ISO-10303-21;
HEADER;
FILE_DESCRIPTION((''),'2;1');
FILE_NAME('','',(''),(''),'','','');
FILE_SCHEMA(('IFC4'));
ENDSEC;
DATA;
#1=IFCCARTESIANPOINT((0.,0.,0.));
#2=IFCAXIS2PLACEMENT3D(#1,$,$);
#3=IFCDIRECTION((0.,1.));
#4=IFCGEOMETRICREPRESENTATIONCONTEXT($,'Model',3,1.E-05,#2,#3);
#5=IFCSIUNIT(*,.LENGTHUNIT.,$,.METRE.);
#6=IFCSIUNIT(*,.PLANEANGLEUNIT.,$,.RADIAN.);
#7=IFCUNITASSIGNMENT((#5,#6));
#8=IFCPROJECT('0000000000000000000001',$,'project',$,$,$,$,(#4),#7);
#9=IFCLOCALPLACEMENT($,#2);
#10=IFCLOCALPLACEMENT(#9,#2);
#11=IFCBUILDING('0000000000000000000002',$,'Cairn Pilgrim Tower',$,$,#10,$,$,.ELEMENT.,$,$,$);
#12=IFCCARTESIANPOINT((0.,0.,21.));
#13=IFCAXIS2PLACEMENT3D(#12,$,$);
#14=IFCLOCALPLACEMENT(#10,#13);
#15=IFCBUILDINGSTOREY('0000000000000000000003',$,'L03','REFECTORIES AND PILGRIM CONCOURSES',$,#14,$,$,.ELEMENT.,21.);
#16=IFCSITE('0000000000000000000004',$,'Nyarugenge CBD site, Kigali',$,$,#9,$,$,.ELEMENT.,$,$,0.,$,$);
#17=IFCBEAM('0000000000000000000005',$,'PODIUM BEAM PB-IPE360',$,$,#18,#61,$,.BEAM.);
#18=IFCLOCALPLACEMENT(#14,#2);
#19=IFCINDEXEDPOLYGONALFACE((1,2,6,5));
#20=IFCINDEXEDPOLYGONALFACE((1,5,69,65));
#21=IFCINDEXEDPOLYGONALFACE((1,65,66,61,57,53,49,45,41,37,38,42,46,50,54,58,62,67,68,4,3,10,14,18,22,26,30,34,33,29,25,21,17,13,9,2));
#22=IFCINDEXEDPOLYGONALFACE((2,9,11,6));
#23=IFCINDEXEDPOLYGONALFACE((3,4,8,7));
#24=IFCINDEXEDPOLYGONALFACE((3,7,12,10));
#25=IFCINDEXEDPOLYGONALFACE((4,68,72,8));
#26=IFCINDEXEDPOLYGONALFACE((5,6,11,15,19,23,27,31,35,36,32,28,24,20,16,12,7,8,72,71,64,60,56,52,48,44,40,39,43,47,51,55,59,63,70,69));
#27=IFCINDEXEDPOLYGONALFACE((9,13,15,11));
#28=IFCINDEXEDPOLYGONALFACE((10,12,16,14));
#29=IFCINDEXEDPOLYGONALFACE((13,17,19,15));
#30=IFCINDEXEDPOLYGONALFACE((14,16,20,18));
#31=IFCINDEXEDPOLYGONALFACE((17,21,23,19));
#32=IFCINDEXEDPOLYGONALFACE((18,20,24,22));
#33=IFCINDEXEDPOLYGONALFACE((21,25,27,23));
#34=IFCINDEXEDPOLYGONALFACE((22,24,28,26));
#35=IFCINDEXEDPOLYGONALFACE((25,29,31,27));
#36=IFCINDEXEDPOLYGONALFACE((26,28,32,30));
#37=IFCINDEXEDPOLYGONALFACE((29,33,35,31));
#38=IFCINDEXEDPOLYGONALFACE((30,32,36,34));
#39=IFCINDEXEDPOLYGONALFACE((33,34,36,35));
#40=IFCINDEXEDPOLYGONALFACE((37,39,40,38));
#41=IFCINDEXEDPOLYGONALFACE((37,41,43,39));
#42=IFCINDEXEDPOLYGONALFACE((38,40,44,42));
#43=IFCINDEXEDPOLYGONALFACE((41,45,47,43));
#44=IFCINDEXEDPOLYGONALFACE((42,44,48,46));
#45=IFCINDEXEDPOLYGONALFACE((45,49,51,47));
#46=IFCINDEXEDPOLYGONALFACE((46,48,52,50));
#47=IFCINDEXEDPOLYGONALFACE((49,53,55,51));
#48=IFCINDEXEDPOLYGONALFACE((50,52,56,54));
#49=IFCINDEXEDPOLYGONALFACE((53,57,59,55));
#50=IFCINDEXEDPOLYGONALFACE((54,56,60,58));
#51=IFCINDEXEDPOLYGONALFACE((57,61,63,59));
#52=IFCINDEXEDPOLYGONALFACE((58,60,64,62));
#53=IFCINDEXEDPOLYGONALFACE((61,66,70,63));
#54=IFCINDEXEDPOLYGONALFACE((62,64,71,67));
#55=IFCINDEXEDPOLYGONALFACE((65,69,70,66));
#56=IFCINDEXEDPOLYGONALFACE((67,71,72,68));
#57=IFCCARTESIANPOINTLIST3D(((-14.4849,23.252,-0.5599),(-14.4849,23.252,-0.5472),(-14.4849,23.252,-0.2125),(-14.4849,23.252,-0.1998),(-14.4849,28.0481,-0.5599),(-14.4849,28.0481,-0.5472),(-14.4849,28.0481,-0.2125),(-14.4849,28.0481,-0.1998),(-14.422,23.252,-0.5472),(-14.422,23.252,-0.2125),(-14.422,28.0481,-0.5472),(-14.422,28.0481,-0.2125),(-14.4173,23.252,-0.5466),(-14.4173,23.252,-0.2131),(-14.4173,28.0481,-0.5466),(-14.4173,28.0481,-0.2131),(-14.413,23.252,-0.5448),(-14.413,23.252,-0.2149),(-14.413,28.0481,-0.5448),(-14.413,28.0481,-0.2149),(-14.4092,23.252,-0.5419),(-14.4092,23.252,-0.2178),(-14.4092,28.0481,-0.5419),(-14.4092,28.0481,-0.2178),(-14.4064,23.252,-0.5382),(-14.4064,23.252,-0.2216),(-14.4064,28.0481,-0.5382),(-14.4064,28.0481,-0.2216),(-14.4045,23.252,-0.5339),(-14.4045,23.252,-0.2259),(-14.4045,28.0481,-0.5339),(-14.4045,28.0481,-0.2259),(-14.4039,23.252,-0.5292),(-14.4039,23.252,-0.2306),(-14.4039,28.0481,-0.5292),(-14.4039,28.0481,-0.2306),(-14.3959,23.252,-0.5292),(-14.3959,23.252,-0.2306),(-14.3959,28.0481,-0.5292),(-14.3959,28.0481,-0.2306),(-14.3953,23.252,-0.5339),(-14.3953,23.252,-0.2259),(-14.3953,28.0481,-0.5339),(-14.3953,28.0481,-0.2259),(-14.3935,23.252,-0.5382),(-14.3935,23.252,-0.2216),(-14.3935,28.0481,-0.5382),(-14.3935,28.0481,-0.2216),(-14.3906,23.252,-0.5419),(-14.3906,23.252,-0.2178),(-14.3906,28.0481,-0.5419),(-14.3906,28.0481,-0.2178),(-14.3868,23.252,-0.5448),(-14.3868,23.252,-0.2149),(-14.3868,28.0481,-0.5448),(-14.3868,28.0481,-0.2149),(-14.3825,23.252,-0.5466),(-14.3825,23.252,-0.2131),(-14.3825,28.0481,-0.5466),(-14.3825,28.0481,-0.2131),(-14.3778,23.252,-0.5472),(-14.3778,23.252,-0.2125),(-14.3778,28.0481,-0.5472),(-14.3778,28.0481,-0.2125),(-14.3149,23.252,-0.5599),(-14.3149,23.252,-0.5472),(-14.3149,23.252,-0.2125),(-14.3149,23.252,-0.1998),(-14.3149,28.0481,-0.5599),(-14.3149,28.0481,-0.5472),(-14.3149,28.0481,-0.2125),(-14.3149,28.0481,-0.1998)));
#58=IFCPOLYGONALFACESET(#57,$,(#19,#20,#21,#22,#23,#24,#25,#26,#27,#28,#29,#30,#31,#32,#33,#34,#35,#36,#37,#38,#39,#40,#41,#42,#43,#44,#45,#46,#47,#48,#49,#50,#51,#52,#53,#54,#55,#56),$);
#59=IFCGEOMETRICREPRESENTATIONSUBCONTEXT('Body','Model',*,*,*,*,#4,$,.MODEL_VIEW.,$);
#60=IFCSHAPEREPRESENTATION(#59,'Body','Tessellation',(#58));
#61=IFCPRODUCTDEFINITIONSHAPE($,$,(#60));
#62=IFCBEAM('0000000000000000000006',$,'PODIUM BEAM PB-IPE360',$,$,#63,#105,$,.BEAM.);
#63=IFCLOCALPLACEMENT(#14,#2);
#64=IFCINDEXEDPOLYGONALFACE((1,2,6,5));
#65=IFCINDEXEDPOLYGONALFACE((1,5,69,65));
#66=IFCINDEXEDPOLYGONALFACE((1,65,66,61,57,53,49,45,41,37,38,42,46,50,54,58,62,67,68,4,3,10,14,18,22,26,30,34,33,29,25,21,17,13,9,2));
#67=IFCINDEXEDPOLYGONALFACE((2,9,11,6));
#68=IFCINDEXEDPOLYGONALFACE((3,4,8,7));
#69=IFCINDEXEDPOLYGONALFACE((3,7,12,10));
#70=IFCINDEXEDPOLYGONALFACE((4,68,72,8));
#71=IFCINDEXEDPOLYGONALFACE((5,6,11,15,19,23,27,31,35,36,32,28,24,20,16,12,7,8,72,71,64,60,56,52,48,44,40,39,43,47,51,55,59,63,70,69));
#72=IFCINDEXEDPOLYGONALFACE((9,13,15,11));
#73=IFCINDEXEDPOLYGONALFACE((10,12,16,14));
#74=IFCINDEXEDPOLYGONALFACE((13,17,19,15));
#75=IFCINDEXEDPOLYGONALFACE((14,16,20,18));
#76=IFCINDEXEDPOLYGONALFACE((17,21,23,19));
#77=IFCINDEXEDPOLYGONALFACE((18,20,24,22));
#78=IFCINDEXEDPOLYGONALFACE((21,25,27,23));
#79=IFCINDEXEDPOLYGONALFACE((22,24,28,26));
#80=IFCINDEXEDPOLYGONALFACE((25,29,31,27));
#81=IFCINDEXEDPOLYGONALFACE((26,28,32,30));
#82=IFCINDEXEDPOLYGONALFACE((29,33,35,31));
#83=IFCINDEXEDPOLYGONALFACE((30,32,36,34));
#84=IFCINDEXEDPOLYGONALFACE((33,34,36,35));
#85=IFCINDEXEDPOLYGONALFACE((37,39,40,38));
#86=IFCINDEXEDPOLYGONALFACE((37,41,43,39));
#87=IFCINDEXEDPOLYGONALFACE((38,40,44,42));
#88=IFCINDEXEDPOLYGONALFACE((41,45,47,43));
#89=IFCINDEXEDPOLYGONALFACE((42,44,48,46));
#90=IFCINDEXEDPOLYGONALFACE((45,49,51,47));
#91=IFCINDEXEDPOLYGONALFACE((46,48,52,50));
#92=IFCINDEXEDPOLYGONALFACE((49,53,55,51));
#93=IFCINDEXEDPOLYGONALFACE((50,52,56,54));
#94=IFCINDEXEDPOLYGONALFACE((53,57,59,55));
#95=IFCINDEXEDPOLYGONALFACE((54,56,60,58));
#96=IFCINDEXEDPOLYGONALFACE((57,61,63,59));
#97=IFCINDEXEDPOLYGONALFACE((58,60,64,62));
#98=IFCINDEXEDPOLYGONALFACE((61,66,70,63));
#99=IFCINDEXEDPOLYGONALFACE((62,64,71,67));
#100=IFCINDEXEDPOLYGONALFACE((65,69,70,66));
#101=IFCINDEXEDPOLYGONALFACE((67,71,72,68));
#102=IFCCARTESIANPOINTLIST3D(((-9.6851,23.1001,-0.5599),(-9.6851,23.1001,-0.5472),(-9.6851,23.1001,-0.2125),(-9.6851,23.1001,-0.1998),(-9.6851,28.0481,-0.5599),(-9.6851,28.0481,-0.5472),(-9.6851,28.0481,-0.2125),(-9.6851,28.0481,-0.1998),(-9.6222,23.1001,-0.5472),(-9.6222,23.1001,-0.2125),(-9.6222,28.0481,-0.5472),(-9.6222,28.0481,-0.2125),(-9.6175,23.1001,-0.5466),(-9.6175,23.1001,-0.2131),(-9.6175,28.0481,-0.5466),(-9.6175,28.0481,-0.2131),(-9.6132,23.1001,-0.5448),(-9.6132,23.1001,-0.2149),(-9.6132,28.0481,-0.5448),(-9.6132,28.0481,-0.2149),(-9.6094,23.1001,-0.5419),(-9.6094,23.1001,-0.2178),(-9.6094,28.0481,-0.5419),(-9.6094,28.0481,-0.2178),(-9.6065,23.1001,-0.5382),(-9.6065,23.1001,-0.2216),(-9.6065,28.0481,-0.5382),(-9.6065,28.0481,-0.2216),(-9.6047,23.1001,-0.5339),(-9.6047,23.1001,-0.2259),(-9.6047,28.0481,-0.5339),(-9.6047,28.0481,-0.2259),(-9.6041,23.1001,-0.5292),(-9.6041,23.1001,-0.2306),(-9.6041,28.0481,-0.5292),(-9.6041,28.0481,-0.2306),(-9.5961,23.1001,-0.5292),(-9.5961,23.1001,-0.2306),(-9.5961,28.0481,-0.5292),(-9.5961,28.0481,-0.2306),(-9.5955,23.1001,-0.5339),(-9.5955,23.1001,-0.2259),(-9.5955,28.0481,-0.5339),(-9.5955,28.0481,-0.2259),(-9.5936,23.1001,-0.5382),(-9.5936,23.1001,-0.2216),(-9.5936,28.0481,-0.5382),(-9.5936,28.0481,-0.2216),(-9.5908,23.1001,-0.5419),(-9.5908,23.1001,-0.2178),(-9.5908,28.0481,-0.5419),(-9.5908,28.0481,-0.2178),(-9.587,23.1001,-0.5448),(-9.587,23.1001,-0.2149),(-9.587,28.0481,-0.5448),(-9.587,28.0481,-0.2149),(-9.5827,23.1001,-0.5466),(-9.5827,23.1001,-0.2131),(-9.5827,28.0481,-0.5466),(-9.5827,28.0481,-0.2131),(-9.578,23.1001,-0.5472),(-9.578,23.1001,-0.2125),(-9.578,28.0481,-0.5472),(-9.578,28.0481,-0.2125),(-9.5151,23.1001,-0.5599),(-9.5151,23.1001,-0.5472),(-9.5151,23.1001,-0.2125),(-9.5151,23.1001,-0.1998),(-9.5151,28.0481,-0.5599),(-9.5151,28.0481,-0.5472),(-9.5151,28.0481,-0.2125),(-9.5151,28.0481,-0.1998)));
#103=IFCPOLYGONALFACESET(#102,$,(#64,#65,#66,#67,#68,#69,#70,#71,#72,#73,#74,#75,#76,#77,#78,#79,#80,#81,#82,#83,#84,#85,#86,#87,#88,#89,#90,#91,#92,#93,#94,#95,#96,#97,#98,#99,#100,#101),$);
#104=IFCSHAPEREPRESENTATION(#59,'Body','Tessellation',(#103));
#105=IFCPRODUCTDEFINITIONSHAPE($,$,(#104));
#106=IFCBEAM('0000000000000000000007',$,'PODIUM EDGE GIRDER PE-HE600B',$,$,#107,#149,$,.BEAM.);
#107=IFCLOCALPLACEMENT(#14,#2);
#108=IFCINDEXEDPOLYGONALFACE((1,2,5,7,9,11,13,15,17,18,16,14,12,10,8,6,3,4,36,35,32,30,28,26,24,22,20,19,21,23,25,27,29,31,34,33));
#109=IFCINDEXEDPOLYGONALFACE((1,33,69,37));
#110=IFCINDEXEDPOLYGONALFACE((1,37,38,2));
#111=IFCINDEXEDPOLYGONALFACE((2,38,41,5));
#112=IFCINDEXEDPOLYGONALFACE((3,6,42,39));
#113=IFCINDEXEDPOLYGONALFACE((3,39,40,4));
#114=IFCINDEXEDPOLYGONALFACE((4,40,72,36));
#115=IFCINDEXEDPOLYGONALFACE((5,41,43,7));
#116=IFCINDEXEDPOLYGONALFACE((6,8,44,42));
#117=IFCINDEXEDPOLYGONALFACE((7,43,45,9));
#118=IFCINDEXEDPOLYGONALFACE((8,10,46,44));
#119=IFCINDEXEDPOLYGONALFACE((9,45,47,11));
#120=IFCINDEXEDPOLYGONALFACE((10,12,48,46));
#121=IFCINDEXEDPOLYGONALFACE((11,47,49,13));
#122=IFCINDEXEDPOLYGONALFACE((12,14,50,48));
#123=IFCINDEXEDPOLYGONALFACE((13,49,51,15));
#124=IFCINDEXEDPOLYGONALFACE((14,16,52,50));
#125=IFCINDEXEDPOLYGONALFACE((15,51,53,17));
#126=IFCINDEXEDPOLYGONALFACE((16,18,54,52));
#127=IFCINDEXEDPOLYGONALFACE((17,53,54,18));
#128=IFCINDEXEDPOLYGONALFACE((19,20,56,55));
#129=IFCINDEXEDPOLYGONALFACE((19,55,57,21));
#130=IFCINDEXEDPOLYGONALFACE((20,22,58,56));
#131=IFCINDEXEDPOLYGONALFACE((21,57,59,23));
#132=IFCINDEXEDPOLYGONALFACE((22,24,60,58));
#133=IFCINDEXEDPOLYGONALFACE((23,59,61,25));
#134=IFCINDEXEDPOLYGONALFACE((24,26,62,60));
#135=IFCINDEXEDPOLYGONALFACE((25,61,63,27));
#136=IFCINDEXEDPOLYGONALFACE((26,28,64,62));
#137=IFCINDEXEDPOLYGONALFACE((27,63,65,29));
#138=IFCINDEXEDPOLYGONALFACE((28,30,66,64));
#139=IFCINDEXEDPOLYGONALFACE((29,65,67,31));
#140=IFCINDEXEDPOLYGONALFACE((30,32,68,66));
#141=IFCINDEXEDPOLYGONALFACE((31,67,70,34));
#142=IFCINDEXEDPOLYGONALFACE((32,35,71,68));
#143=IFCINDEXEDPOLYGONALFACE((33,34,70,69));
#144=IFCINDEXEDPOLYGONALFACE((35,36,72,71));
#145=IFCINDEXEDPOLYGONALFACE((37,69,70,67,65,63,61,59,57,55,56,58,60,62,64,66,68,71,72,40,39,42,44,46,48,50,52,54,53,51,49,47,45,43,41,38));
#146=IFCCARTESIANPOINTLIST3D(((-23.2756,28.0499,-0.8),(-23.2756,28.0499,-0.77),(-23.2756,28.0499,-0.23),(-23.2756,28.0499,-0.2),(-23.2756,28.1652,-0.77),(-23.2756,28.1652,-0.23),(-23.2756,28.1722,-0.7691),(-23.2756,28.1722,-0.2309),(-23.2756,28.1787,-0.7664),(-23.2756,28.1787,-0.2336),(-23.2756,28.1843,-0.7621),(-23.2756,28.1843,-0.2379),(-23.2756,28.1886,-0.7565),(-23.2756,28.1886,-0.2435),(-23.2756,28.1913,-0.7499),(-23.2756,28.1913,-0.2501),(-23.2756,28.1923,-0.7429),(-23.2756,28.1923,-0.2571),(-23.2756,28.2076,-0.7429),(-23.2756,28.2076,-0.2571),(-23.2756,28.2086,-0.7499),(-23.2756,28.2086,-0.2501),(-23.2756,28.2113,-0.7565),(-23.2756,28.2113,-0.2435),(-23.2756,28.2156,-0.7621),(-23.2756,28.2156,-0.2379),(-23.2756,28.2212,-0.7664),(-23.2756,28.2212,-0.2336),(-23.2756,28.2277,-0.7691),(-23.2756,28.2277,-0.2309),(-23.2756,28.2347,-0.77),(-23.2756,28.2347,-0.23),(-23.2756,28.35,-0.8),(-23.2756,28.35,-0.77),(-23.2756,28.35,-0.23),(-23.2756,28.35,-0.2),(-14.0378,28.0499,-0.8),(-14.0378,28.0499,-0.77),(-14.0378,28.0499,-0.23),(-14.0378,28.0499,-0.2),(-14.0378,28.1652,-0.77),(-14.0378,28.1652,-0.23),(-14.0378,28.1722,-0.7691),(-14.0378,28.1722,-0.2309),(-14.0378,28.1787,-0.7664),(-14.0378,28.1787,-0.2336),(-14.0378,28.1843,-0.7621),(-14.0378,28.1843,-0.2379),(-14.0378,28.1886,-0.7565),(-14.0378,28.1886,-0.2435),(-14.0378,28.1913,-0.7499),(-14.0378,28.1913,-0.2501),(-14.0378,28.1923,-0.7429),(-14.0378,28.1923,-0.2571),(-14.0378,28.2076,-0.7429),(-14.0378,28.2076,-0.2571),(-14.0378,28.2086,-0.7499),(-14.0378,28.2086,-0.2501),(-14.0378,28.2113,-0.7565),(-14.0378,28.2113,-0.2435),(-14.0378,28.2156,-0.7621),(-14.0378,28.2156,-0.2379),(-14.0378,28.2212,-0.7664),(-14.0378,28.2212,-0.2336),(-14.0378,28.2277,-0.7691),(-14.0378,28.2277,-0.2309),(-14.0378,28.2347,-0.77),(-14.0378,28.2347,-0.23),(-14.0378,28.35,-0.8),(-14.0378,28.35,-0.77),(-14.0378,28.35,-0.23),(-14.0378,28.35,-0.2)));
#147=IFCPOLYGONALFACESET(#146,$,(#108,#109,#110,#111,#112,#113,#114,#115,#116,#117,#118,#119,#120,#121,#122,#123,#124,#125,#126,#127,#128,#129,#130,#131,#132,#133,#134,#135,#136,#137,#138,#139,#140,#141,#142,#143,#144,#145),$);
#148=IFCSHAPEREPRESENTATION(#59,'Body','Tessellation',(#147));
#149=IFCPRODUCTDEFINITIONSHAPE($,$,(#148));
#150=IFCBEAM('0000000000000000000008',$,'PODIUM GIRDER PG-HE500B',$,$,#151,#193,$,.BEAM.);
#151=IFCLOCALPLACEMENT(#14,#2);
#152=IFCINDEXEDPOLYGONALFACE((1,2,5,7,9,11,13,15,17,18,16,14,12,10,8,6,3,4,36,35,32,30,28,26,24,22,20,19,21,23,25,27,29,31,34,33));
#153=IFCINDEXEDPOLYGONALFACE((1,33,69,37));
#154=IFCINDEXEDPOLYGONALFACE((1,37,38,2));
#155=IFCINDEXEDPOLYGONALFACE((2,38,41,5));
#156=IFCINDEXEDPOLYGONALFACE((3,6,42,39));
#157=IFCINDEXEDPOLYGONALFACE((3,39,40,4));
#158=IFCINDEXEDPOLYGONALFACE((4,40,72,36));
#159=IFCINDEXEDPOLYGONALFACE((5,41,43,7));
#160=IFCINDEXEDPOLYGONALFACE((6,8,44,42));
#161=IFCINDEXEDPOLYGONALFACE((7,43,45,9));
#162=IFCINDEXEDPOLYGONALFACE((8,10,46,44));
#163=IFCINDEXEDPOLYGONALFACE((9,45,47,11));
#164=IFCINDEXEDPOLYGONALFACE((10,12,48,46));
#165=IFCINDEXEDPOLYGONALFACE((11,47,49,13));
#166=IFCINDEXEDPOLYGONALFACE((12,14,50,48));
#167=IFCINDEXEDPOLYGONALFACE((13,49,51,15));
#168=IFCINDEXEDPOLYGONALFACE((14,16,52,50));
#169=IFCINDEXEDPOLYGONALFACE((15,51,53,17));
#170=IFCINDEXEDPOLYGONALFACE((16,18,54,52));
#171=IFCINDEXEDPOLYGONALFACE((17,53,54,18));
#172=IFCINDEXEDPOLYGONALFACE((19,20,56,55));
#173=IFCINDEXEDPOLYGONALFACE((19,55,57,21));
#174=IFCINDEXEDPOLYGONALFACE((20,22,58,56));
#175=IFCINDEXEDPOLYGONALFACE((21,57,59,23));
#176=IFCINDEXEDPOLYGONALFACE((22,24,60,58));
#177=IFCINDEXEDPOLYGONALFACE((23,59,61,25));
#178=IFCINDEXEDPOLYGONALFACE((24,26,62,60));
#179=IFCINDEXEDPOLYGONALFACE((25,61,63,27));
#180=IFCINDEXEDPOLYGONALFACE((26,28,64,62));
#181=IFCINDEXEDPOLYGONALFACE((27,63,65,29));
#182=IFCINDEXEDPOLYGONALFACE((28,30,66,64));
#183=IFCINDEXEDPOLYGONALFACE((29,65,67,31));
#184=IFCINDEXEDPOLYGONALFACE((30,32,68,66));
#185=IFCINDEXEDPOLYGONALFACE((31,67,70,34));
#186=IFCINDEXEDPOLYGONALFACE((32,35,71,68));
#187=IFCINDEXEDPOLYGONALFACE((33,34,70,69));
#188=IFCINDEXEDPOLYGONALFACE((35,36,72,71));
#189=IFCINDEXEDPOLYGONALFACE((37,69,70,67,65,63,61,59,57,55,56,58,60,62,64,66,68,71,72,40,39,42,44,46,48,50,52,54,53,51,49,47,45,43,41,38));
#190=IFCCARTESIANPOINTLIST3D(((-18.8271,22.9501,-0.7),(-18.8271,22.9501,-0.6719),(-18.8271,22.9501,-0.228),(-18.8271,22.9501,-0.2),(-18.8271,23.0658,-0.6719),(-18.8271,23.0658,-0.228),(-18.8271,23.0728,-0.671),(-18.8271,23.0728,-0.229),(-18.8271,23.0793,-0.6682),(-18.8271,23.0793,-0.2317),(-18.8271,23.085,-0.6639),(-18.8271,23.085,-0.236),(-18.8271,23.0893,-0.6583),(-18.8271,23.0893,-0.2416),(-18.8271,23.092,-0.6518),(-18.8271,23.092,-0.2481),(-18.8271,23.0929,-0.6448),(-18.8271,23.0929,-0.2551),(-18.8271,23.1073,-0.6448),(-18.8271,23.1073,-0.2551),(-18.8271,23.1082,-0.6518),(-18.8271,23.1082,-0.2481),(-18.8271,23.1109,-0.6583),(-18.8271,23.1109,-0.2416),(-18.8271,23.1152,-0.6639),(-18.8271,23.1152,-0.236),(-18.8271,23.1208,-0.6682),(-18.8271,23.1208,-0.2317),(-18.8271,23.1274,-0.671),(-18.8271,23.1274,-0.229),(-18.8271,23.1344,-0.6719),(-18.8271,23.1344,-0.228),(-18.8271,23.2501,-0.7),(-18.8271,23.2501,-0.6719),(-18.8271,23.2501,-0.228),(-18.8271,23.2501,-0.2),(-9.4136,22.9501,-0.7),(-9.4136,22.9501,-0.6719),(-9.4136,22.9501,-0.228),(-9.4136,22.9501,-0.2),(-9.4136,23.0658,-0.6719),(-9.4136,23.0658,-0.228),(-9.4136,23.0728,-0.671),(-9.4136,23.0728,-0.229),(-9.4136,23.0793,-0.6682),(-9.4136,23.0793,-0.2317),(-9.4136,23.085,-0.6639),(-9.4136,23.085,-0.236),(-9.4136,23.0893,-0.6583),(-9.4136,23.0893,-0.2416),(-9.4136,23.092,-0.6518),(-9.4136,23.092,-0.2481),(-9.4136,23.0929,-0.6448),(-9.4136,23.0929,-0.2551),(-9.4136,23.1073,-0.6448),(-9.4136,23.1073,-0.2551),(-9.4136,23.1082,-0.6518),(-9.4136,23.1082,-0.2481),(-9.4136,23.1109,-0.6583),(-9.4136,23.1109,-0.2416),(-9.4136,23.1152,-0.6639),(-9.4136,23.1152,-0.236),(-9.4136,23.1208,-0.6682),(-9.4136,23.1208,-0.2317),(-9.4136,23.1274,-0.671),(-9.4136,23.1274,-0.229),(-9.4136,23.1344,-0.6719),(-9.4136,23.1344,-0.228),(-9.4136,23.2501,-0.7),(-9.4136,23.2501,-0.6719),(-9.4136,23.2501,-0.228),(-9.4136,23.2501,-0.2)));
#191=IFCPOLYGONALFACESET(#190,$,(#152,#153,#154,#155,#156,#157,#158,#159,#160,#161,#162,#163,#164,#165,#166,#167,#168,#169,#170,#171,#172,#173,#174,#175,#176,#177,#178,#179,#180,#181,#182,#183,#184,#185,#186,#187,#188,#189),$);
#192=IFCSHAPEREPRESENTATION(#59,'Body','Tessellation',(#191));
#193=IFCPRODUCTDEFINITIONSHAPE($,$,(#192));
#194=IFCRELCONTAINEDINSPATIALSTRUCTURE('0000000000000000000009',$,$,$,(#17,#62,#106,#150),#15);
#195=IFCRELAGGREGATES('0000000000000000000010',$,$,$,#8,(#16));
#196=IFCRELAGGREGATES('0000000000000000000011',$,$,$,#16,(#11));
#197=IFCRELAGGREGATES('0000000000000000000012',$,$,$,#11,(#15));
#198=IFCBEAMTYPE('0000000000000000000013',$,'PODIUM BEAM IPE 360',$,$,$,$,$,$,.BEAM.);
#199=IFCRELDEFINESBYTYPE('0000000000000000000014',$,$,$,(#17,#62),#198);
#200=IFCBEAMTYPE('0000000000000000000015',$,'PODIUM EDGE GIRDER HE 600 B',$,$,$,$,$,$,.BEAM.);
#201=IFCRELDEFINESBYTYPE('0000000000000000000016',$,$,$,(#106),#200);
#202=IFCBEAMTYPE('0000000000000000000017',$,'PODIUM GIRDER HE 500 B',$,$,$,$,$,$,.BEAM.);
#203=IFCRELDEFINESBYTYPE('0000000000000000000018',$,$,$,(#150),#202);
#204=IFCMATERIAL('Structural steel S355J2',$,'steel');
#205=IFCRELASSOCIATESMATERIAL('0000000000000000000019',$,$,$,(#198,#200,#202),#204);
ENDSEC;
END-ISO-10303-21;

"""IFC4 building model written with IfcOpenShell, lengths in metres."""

from ifc_helpers import new_model, si_unit, direction, frame, origin, origin_2d, place, context, subcontext, project, spatial, i_section, extrude, material, material_profile, profile_set, type_object, element, save


model = new_model("IFC4")

# Units and contexts
model_context = context("Model", 3, precision=1e-05, world=origin(), true_north=direction((0.0, 1.0)))
body_context = subcontext(model_context, "Body", "Model", "MODEL_VIEW")
ifc_project = project(units=[si_unit("LENGTHUNIT", "METRE"), si_unit("PLANEANGLEUNIT", "RADIAN")], contexts=[model_context])

# Site, building, storey
site_placement = place(None, origin())
site = spatial("IfcSite", under=ifc_project, at=site_placement, Name="Nyarugenge CBD site, Kigali", CompositionType="ELEMENT", RefElevation=0.0)
building_placement = place(site_placement, origin())
building = spatial("IfcBuilding", under=site, at=building_placement, Name="Cairn Pilgrim Tower", CompositionType="ELEMENT")
storey_placement = place(building_placement, frame((0.0, 0.0, 21.0)))
storey = spatial("IfcBuildingStorey", under=building, at=storey_placement, Name="L03", Description="REFECTORIES AND PILGRIM CONCOURSES", CompositionType="ELEMENT", Elevation=21.0)

# Beams
ifc_material_1 = material(Name="Structural steel S355J2", Category="steel")
ifc_material_profile_1 = material_profile(ifc_material_1, i_section(OverallWidth=0.1699, OverallDepth=0.3601, WebThickness=0.0081, FlangeThickness=0.0127, FilletRadius=0.0181, at=origin_2d()), Name="IPE 360")
ifc_profile_set_1 = profile_set([ifc_material_profile_1], Name="Structural steel S355J2")
beam_type_1 = type_object("IfcBeamType", Name="PODIUM BEAM IPE 360", PredefinedType="BEAM", material=ifc_profile_set_1)
beam_1_placement = place(storey_placement, frame((-14.3999, 23.252, -0.3799), z_axis=(0.0, 1.0, 0.0), x_axis=(-1.0, 0.0, 0.0)))
element("IfcBeam", 1, at=beam_1_placement, inside=storey, type_object=beam_type_1, Name="PODIUM BEAM PB-IPE360", PredefinedType="BEAM", context=body_context, shape_type="SweptSolid", body=[
    extrude(i_section(OverallWidth=0.1699, OverallDepth=0.3601, WebThickness=0.0081, FlangeThickness=0.0127, FilletRadius=0.0181, at=origin_2d()), origin(), (0.0, 0.0, 1.0), 4.7961),
])
beam_2_placement = place(storey_placement, frame((-9.6001, 23.1001, -0.3799), z_axis=(0.0, 1.0, 0.0), x_axis=(-1.0, 0.0, 0.0)))
element("IfcBeam", 2, at=beam_2_placement, inside=storey, type_object=beam_type_1, Name="PODIUM BEAM PB-IPE360", PredefinedType="BEAM", context=body_context, shape_type="SweptSolid", body=[
    extrude(i_section(OverallWidth=0.1699, OverallDepth=0.3601, WebThickness=0.0081, FlangeThickness=0.0127, FilletRadius=0.0181, at=origin_2d()), origin(), (0.0, 0.0, 1.0), 4.948),
])
ifc_material_profile_2 = material_profile(ifc_material_1, i_section(OverallWidth=0.3, OverallDepth=0.6001, WebThickness=0.0154, FlangeThickness=0.03, FilletRadius=0.0271, at=origin_2d()), Name="HEB 600")
ifc_profile_set_2 = profile_set([ifc_material_profile_2], Name="Structural steel S355J2")
beam_type_2 = type_object("IfcBeamType", Name="PODIUM EDGE GIRDER HE 600 B", PredefinedType="BEAM", material=ifc_profile_set_2)
beam_3_placement = place(storey_placement, frame((-14.0378, 28.2, -0.5), z_axis=(-1.0, 0.0, 0.0), x_axis=(0.0, -1.0, 0.0)))
element("IfcBeam", 3, at=beam_3_placement, inside=storey, type_object=beam_type_2, Name="PODIUM EDGE GIRDER PE-HE600B", PredefinedType="BEAM", context=body_context, shape_type="SweptSolid", body=[
    extrude(i_section(OverallWidth=0.3, OverallDepth=0.6001, WebThickness=0.0154, FlangeThickness=0.03, FilletRadius=0.0271, at=origin_2d()), origin(), (0.0, 0.0, 1.0), 9.2378),
])
ifc_material_profile_3 = material_profile(ifc_material_1, i_section(OverallWidth=0.3, OverallDepth=0.5, WebThickness=0.0144, FlangeThickness=0.0281, FilletRadius=0.0271, at=origin_2d()), Name="HEB 500")
ifc_profile_set_3 = profile_set([ifc_material_profile_3], Name="Structural steel S355J2")
beam_type_3 = type_object("IfcBeamType", Name="PODIUM GIRDER HE 500 B", PredefinedType="BEAM", material=ifc_profile_set_3)
beam_4_placement = place(storey_placement, frame((-9.4136, 23.1001, -0.45), z_axis=(-1.0, 0.0, 0.0), x_axis=(0.0, -1.0, 0.0)))
element("IfcBeam", 4, at=beam_4_placement, inside=storey, type_object=beam_type_3, Name="PODIUM GIRDER PG-HE500B", PredefinedType="BEAM", context=body_context, shape_type="SweptSolid", body=[
    extrude(i_section(OverallWidth=0.3, OverallDepth=0.5, WebThickness=0.0144, FlangeThickness=0.0281, FilletRadius=0.0271, at=origin_2d()), origin(), (0.0, 0.0, 1.0), 9.4136),
])

save(model, "model.ifc")
